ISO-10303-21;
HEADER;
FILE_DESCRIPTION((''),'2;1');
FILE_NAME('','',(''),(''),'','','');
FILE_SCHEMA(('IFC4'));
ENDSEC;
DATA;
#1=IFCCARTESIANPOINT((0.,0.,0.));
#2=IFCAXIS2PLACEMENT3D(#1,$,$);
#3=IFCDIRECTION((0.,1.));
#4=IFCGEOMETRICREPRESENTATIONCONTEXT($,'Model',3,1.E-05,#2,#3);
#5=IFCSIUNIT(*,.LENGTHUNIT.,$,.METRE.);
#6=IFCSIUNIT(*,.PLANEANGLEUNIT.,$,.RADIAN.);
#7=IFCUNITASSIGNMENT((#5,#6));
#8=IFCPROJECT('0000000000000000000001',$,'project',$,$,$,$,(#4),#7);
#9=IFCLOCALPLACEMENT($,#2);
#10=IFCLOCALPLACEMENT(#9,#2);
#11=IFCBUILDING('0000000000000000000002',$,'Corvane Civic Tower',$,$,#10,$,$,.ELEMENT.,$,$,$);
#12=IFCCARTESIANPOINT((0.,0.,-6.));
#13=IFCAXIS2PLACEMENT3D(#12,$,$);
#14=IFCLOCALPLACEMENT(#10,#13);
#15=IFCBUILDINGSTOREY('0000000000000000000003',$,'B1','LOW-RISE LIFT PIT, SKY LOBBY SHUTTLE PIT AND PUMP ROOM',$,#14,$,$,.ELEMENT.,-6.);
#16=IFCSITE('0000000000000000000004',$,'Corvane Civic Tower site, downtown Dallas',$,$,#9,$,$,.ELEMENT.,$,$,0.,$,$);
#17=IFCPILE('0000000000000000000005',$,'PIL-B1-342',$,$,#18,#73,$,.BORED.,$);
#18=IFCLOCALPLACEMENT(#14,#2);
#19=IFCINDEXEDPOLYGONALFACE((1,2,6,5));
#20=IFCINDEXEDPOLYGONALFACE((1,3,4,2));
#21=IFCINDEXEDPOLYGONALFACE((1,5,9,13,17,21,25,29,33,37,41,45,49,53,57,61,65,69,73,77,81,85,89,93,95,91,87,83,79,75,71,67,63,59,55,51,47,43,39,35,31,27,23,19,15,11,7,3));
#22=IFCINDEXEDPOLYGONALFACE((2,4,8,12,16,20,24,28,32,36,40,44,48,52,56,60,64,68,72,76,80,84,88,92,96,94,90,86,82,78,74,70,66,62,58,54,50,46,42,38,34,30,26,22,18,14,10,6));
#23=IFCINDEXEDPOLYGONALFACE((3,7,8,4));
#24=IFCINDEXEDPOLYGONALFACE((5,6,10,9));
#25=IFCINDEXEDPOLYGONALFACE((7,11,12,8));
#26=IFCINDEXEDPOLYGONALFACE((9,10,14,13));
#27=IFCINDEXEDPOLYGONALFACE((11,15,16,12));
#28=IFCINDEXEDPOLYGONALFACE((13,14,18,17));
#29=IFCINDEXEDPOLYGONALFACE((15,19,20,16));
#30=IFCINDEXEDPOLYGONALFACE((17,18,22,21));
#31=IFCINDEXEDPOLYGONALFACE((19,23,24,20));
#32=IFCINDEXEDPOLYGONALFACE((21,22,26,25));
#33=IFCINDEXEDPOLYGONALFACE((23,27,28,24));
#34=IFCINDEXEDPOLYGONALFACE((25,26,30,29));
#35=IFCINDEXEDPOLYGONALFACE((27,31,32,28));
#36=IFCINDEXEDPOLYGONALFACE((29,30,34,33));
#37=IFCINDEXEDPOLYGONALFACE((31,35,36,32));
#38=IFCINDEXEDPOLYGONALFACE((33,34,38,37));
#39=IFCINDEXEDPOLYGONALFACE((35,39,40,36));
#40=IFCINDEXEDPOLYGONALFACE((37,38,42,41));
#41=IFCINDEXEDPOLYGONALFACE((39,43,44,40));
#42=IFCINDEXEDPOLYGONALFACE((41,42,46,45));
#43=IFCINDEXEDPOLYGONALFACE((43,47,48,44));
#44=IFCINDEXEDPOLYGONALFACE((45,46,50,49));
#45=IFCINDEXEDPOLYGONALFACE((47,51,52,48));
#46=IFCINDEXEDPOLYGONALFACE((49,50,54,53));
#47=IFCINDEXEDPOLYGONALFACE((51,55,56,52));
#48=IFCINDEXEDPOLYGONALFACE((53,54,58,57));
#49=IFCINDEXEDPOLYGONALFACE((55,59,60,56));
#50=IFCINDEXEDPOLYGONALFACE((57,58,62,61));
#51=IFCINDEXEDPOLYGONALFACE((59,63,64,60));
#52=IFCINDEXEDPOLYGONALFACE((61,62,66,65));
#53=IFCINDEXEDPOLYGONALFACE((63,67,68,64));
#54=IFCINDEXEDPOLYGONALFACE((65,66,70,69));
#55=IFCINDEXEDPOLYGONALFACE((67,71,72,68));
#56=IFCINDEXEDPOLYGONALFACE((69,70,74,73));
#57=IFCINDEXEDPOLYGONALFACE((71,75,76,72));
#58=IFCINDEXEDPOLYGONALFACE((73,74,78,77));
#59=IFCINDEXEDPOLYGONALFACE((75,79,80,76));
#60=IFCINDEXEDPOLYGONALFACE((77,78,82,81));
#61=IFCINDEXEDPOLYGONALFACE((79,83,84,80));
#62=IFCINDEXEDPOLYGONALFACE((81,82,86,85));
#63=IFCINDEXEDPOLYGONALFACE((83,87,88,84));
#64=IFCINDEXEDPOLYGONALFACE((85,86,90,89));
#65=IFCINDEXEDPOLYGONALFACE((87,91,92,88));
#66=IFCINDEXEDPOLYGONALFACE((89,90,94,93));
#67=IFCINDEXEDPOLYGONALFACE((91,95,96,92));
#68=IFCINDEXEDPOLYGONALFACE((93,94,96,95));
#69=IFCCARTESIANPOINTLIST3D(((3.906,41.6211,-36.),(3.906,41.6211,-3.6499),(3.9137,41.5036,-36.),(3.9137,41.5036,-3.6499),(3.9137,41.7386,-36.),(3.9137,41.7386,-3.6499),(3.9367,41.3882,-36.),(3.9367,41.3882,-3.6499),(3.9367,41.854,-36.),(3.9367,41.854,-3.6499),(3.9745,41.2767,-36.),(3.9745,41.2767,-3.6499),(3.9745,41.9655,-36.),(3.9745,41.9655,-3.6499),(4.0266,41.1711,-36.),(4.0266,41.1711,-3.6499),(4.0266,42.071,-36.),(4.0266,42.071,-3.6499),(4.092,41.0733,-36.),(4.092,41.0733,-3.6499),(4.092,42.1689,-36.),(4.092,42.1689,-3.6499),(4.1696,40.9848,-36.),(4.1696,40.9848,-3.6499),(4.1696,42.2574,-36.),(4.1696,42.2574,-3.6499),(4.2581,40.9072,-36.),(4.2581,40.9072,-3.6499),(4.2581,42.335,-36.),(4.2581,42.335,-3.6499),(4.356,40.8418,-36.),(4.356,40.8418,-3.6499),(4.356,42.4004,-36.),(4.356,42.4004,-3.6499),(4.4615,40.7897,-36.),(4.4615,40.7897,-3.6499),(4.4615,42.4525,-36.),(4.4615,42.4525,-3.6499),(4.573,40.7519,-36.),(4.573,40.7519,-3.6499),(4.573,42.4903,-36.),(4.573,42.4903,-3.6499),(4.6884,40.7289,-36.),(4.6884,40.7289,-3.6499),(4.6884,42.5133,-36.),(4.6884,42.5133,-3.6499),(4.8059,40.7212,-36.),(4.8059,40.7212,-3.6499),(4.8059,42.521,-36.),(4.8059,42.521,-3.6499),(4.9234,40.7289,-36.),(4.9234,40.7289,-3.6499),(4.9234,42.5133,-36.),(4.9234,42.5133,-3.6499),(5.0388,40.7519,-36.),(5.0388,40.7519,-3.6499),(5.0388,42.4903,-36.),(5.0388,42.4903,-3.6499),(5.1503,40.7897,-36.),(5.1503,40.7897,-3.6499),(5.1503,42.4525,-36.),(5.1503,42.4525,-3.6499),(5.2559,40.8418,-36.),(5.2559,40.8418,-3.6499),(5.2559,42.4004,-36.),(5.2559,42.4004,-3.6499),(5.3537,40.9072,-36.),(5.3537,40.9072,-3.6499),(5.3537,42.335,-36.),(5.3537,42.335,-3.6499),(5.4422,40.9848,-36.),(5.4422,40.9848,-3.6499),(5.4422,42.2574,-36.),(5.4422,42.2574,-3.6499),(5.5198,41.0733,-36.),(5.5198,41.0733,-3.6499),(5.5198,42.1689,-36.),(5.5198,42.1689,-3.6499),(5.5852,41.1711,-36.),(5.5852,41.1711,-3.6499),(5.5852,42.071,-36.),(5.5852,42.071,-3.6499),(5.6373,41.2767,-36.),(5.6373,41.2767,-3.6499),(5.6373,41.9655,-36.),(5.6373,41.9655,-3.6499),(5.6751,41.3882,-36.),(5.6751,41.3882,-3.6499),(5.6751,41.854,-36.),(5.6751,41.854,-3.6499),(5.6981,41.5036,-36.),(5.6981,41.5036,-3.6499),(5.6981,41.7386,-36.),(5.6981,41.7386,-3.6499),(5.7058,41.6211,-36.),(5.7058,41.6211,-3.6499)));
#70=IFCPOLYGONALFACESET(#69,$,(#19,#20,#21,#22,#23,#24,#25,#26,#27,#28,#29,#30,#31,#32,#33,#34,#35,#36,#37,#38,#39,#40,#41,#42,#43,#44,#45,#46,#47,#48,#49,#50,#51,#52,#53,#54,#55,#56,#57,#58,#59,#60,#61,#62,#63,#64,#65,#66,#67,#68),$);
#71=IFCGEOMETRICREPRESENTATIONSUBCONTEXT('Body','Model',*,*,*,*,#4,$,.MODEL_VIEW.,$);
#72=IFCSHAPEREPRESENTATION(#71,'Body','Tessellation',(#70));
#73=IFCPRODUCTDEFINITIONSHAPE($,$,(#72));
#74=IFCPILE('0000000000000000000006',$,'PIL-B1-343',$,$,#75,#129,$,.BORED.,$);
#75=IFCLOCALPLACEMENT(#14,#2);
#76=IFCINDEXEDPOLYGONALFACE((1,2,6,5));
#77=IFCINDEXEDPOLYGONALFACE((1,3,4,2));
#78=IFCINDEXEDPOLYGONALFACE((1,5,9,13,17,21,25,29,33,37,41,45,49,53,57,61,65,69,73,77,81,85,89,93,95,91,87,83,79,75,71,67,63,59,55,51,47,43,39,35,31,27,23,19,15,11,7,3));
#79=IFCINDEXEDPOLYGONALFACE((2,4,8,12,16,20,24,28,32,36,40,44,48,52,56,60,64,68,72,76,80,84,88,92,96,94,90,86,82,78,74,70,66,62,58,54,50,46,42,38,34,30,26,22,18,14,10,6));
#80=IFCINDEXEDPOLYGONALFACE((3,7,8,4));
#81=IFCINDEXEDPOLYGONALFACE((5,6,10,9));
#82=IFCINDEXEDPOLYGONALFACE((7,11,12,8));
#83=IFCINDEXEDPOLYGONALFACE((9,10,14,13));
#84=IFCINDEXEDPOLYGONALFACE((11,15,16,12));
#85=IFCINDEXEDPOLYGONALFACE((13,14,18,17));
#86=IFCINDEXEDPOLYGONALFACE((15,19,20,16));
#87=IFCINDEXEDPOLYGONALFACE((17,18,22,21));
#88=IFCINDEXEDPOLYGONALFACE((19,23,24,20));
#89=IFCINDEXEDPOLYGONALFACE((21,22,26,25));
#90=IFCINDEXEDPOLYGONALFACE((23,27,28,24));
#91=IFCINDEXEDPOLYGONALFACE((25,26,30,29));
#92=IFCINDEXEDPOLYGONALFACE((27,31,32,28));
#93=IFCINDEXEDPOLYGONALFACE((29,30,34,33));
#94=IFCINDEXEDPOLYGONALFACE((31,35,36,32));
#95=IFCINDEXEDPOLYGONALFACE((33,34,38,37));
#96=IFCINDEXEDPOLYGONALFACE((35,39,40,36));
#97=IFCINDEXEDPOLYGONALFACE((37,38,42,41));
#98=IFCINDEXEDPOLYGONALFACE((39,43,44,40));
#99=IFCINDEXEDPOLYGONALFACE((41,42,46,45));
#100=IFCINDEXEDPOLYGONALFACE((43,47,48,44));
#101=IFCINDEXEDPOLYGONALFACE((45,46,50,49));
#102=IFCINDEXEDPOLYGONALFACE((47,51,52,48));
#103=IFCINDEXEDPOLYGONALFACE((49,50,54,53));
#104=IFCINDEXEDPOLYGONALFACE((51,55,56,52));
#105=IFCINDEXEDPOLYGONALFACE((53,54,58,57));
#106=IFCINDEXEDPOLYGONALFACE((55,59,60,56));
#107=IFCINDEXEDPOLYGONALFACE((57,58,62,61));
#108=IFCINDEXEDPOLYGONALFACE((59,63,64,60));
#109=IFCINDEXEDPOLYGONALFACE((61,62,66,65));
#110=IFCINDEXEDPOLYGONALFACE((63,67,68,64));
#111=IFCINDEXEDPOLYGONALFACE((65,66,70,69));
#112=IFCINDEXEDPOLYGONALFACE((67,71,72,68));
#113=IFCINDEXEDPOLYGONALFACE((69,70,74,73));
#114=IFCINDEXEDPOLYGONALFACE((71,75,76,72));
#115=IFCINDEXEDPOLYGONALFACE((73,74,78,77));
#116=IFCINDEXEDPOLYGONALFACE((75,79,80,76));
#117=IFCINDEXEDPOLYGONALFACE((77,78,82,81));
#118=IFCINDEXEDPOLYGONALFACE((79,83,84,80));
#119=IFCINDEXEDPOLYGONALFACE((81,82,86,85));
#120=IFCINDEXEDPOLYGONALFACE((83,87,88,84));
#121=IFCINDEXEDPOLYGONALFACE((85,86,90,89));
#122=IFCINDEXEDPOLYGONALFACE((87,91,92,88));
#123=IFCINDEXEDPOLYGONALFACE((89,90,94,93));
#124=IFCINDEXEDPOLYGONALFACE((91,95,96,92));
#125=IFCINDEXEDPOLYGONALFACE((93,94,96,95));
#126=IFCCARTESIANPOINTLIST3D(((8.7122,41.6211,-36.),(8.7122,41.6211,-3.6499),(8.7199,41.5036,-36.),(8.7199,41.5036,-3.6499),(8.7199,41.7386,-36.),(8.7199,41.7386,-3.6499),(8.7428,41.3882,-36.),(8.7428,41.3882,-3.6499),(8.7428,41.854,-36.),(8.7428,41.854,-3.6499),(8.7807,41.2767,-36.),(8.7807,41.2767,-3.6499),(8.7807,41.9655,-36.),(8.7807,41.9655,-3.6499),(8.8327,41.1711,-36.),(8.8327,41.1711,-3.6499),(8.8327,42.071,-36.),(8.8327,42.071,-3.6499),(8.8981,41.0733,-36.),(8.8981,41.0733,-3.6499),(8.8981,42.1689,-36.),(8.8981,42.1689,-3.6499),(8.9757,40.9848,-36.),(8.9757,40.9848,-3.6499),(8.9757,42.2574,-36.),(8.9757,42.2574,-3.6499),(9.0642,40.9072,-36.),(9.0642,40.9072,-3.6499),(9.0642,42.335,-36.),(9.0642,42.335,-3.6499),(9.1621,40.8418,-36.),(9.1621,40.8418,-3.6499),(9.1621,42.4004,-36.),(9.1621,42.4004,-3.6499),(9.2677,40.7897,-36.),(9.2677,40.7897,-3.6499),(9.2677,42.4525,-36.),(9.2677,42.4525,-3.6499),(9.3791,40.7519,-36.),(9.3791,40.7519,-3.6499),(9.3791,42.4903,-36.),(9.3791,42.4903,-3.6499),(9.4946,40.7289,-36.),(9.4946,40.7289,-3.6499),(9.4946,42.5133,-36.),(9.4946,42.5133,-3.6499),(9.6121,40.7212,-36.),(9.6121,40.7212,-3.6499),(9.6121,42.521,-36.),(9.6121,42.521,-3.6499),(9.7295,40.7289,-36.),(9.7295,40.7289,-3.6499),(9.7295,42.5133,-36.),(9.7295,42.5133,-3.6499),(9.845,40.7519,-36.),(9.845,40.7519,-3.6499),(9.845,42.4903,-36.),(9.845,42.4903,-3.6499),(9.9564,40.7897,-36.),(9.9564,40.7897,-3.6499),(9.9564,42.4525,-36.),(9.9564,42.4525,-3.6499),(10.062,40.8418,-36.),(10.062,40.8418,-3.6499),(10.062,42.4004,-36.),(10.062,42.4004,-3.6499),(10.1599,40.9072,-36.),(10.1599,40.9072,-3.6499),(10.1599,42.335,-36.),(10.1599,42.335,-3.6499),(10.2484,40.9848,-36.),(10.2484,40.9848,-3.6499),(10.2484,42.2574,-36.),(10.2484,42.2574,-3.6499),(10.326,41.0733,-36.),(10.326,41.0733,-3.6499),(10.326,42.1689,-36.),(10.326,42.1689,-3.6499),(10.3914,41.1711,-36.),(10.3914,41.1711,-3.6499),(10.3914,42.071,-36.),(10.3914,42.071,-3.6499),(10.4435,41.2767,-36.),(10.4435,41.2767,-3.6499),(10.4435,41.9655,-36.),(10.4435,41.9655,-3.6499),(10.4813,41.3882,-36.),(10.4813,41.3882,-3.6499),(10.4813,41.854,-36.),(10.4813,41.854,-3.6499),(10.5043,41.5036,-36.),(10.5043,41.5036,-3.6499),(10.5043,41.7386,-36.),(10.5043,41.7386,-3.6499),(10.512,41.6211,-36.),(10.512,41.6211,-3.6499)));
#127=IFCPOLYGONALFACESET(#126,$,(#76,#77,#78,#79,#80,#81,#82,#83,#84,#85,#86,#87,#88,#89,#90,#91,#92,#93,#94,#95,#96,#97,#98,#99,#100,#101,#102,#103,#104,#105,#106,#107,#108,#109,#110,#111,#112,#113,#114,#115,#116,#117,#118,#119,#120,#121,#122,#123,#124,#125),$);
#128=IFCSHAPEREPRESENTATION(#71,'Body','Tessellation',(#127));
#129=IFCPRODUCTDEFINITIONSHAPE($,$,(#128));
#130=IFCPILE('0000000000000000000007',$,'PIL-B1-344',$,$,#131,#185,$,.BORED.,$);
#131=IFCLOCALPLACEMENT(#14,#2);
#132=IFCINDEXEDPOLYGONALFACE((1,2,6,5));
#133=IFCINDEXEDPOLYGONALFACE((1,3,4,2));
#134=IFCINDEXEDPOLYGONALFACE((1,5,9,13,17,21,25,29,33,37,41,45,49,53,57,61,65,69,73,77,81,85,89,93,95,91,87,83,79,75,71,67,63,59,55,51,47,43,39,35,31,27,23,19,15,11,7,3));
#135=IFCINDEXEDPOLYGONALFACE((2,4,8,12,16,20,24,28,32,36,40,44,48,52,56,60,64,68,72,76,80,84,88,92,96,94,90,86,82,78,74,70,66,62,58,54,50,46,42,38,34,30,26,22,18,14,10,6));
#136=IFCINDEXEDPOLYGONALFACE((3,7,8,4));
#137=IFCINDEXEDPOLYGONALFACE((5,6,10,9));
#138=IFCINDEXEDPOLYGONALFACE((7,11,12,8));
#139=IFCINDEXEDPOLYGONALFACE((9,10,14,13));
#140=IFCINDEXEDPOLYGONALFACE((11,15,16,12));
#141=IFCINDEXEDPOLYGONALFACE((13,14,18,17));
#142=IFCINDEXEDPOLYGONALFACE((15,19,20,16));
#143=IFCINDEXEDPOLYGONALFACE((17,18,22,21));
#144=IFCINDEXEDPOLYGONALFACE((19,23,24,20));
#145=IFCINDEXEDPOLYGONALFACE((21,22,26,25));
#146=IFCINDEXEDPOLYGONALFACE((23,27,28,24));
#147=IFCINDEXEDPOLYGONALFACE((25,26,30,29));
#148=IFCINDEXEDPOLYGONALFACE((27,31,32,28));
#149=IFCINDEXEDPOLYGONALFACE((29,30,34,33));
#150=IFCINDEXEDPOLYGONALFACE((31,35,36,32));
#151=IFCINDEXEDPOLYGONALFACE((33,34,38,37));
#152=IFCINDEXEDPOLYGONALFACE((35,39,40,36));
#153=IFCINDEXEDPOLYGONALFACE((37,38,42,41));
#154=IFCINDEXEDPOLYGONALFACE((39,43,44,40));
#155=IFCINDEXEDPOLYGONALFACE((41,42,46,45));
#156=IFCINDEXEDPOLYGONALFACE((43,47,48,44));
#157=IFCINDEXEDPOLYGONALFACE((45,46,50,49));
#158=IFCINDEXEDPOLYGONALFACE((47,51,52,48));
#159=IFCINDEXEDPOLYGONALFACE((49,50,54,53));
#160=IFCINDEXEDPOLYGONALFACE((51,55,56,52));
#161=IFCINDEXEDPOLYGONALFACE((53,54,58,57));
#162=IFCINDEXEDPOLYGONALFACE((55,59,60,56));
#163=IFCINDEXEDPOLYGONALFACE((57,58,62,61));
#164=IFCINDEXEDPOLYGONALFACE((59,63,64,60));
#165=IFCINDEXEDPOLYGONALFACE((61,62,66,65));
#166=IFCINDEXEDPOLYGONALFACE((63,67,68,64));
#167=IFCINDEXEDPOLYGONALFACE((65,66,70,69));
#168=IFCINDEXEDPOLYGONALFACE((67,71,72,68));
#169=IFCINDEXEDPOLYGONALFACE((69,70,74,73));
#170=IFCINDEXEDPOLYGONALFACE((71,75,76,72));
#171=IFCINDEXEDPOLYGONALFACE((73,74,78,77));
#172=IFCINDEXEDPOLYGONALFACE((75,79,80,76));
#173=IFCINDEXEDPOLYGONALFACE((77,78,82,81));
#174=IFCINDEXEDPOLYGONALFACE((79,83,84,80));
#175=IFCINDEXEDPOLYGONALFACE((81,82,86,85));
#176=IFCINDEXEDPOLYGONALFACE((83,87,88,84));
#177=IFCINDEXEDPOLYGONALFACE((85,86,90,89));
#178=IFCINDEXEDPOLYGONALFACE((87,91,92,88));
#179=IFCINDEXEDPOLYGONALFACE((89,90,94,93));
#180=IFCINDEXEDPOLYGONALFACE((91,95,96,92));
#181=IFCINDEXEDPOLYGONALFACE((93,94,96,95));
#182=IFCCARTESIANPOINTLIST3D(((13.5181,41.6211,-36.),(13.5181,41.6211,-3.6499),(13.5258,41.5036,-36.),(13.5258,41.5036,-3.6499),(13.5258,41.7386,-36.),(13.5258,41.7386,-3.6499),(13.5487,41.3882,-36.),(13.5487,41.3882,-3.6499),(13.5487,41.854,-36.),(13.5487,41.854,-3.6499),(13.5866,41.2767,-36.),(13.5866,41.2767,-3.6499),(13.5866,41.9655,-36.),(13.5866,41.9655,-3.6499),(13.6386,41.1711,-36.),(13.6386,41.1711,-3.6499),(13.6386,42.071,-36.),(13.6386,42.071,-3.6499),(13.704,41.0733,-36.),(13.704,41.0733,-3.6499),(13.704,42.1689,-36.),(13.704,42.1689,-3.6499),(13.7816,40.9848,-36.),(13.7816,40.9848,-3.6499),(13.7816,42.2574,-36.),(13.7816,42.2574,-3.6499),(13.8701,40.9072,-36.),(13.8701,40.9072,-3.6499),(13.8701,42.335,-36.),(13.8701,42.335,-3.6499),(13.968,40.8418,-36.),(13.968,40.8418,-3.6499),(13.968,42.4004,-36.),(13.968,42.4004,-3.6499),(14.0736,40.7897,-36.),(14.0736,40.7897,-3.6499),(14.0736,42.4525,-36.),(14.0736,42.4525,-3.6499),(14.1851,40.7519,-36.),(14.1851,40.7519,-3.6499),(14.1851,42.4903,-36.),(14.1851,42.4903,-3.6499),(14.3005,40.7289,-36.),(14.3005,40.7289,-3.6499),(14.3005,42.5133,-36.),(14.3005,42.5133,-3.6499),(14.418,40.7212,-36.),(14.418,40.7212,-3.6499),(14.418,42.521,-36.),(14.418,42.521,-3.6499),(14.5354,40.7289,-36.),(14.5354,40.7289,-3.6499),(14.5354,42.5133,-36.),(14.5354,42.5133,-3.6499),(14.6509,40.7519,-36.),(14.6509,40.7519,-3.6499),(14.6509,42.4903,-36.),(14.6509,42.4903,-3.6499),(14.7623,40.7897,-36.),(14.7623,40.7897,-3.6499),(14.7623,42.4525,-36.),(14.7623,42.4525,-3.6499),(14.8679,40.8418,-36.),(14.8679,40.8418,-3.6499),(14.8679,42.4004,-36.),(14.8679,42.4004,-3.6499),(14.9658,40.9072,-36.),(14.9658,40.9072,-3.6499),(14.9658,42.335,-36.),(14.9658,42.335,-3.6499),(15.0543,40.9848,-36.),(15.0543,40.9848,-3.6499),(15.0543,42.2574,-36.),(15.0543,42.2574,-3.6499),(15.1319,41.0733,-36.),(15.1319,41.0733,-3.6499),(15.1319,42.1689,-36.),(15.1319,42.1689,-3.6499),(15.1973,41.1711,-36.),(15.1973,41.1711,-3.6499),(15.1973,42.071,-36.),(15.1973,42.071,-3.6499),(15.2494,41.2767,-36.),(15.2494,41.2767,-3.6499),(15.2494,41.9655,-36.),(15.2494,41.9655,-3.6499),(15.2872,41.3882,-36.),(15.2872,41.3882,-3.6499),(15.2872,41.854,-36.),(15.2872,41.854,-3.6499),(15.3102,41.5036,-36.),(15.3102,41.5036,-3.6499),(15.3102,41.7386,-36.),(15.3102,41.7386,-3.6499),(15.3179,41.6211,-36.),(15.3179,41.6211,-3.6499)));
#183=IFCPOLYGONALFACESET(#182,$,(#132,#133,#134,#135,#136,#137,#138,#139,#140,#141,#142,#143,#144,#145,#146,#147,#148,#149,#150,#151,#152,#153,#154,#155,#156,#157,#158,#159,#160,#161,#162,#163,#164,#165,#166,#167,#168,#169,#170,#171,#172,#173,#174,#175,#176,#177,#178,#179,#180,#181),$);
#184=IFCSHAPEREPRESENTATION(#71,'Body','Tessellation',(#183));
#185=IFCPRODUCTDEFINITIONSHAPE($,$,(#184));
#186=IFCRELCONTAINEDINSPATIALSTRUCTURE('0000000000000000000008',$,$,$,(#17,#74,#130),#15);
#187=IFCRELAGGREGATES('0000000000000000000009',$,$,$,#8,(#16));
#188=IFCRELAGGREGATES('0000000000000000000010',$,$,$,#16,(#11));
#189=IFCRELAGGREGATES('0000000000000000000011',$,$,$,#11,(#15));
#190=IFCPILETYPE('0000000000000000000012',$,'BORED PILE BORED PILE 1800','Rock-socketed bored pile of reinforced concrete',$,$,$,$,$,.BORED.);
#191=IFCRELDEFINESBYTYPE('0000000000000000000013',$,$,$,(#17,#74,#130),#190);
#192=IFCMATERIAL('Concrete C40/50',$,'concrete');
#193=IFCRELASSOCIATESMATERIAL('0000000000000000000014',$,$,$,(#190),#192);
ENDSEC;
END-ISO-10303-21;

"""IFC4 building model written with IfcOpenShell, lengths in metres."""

from ifc_helpers import new_model, si_unit, direction, frame, origin, origin_2d, place, context, subcontext, project, spatial, circle, extrude, material, material_profile, profile_set, type_object, element, save


model = new_model("IFC4")

# Units and contexts
model_context = context("Model", 3, precision=1e-05, world=origin(), true_north=direction((0.0, 1.0)))
body_context = subcontext(model_context, "Body", "Model", "MODEL_VIEW")
ifc_project = project(units=[si_unit("LENGTHUNIT", "METRE"), si_unit("PLANEANGLEUNIT", "RADIAN")], contexts=[model_context])

# Site, building, storey
site_placement = place(None, origin())
site = spatial("IfcSite", under=ifc_project, at=site_placement, Name="Corvane Civic Tower site, downtown Dallas", CompositionType="ELEMENT", RefElevation=0.0)
building_placement = place(site_placement, origin())
building = spatial("IfcBuilding", under=site, at=building_placement, Name="Corvane Civic Tower", CompositionType="ELEMENT")
storey_placement = place(building_placement, frame((0.0, 0.0, -6.0)))
storey = spatial("IfcBuildingStorey", under=building, at=storey_placement, Name="B1", Description="LOW-RISE LIFT PIT, SKY LOBBY SHUTTLE PIT AND PUMP ROOM", CompositionType="ELEMENT", Elevation=-6.0)

# Piles
ifc_material_1 = material(Name="Concrete C40/50", Category="concrete")
ifc_material_profile_1 = material_profile(ifc_material_1, circle(Radius=0.8999, at=origin_2d()), Name="BORED PILE 1800")
ifc_profile_set_1 = profile_set([ifc_material_profile_1], Name="Concrete C40/50")
pile_type_1 = type_object("IfcPileType", Name="BORED PILE BORED PILE 1800", Description="Rock-socketed bored pile of reinforced concrete", PredefinedType="BORED", material=ifc_profile_set_1)
for number, where, z_axis, x_axis, name in (
    (1, (4.8059, 41.6211, -3.6499), (0.0, 0.0, -1.0), (1.0, 0.0, 0.0), "PIL-B1-342"),
    (2, (9.6121, 41.6211, -3.6499), (0.0, 0.0, -1.0), (1.0, 0.0, 0.0), "PIL-B1-343"),
    (3, (14.418, 41.6211, -3.6499), (0.0, 0.0, -1.0), (1.0, 0.0, 0.0), "PIL-B1-344"),
):
    element("IfcPile", number, at=place(storey_placement, frame(where, z_axis=z_axis, x_axis=x_axis)), inside=storey, type_object=pile_type_1, Name=name, PredefinedType="BORED", context=body_context, shape_type="SweptSolid", body=[
        extrude(circle(Radius=0.8999, at=origin_2d()), origin(), (0.0, 0.0, 1.0), 32.3501),
    ])

save(model, "model.ifc")
